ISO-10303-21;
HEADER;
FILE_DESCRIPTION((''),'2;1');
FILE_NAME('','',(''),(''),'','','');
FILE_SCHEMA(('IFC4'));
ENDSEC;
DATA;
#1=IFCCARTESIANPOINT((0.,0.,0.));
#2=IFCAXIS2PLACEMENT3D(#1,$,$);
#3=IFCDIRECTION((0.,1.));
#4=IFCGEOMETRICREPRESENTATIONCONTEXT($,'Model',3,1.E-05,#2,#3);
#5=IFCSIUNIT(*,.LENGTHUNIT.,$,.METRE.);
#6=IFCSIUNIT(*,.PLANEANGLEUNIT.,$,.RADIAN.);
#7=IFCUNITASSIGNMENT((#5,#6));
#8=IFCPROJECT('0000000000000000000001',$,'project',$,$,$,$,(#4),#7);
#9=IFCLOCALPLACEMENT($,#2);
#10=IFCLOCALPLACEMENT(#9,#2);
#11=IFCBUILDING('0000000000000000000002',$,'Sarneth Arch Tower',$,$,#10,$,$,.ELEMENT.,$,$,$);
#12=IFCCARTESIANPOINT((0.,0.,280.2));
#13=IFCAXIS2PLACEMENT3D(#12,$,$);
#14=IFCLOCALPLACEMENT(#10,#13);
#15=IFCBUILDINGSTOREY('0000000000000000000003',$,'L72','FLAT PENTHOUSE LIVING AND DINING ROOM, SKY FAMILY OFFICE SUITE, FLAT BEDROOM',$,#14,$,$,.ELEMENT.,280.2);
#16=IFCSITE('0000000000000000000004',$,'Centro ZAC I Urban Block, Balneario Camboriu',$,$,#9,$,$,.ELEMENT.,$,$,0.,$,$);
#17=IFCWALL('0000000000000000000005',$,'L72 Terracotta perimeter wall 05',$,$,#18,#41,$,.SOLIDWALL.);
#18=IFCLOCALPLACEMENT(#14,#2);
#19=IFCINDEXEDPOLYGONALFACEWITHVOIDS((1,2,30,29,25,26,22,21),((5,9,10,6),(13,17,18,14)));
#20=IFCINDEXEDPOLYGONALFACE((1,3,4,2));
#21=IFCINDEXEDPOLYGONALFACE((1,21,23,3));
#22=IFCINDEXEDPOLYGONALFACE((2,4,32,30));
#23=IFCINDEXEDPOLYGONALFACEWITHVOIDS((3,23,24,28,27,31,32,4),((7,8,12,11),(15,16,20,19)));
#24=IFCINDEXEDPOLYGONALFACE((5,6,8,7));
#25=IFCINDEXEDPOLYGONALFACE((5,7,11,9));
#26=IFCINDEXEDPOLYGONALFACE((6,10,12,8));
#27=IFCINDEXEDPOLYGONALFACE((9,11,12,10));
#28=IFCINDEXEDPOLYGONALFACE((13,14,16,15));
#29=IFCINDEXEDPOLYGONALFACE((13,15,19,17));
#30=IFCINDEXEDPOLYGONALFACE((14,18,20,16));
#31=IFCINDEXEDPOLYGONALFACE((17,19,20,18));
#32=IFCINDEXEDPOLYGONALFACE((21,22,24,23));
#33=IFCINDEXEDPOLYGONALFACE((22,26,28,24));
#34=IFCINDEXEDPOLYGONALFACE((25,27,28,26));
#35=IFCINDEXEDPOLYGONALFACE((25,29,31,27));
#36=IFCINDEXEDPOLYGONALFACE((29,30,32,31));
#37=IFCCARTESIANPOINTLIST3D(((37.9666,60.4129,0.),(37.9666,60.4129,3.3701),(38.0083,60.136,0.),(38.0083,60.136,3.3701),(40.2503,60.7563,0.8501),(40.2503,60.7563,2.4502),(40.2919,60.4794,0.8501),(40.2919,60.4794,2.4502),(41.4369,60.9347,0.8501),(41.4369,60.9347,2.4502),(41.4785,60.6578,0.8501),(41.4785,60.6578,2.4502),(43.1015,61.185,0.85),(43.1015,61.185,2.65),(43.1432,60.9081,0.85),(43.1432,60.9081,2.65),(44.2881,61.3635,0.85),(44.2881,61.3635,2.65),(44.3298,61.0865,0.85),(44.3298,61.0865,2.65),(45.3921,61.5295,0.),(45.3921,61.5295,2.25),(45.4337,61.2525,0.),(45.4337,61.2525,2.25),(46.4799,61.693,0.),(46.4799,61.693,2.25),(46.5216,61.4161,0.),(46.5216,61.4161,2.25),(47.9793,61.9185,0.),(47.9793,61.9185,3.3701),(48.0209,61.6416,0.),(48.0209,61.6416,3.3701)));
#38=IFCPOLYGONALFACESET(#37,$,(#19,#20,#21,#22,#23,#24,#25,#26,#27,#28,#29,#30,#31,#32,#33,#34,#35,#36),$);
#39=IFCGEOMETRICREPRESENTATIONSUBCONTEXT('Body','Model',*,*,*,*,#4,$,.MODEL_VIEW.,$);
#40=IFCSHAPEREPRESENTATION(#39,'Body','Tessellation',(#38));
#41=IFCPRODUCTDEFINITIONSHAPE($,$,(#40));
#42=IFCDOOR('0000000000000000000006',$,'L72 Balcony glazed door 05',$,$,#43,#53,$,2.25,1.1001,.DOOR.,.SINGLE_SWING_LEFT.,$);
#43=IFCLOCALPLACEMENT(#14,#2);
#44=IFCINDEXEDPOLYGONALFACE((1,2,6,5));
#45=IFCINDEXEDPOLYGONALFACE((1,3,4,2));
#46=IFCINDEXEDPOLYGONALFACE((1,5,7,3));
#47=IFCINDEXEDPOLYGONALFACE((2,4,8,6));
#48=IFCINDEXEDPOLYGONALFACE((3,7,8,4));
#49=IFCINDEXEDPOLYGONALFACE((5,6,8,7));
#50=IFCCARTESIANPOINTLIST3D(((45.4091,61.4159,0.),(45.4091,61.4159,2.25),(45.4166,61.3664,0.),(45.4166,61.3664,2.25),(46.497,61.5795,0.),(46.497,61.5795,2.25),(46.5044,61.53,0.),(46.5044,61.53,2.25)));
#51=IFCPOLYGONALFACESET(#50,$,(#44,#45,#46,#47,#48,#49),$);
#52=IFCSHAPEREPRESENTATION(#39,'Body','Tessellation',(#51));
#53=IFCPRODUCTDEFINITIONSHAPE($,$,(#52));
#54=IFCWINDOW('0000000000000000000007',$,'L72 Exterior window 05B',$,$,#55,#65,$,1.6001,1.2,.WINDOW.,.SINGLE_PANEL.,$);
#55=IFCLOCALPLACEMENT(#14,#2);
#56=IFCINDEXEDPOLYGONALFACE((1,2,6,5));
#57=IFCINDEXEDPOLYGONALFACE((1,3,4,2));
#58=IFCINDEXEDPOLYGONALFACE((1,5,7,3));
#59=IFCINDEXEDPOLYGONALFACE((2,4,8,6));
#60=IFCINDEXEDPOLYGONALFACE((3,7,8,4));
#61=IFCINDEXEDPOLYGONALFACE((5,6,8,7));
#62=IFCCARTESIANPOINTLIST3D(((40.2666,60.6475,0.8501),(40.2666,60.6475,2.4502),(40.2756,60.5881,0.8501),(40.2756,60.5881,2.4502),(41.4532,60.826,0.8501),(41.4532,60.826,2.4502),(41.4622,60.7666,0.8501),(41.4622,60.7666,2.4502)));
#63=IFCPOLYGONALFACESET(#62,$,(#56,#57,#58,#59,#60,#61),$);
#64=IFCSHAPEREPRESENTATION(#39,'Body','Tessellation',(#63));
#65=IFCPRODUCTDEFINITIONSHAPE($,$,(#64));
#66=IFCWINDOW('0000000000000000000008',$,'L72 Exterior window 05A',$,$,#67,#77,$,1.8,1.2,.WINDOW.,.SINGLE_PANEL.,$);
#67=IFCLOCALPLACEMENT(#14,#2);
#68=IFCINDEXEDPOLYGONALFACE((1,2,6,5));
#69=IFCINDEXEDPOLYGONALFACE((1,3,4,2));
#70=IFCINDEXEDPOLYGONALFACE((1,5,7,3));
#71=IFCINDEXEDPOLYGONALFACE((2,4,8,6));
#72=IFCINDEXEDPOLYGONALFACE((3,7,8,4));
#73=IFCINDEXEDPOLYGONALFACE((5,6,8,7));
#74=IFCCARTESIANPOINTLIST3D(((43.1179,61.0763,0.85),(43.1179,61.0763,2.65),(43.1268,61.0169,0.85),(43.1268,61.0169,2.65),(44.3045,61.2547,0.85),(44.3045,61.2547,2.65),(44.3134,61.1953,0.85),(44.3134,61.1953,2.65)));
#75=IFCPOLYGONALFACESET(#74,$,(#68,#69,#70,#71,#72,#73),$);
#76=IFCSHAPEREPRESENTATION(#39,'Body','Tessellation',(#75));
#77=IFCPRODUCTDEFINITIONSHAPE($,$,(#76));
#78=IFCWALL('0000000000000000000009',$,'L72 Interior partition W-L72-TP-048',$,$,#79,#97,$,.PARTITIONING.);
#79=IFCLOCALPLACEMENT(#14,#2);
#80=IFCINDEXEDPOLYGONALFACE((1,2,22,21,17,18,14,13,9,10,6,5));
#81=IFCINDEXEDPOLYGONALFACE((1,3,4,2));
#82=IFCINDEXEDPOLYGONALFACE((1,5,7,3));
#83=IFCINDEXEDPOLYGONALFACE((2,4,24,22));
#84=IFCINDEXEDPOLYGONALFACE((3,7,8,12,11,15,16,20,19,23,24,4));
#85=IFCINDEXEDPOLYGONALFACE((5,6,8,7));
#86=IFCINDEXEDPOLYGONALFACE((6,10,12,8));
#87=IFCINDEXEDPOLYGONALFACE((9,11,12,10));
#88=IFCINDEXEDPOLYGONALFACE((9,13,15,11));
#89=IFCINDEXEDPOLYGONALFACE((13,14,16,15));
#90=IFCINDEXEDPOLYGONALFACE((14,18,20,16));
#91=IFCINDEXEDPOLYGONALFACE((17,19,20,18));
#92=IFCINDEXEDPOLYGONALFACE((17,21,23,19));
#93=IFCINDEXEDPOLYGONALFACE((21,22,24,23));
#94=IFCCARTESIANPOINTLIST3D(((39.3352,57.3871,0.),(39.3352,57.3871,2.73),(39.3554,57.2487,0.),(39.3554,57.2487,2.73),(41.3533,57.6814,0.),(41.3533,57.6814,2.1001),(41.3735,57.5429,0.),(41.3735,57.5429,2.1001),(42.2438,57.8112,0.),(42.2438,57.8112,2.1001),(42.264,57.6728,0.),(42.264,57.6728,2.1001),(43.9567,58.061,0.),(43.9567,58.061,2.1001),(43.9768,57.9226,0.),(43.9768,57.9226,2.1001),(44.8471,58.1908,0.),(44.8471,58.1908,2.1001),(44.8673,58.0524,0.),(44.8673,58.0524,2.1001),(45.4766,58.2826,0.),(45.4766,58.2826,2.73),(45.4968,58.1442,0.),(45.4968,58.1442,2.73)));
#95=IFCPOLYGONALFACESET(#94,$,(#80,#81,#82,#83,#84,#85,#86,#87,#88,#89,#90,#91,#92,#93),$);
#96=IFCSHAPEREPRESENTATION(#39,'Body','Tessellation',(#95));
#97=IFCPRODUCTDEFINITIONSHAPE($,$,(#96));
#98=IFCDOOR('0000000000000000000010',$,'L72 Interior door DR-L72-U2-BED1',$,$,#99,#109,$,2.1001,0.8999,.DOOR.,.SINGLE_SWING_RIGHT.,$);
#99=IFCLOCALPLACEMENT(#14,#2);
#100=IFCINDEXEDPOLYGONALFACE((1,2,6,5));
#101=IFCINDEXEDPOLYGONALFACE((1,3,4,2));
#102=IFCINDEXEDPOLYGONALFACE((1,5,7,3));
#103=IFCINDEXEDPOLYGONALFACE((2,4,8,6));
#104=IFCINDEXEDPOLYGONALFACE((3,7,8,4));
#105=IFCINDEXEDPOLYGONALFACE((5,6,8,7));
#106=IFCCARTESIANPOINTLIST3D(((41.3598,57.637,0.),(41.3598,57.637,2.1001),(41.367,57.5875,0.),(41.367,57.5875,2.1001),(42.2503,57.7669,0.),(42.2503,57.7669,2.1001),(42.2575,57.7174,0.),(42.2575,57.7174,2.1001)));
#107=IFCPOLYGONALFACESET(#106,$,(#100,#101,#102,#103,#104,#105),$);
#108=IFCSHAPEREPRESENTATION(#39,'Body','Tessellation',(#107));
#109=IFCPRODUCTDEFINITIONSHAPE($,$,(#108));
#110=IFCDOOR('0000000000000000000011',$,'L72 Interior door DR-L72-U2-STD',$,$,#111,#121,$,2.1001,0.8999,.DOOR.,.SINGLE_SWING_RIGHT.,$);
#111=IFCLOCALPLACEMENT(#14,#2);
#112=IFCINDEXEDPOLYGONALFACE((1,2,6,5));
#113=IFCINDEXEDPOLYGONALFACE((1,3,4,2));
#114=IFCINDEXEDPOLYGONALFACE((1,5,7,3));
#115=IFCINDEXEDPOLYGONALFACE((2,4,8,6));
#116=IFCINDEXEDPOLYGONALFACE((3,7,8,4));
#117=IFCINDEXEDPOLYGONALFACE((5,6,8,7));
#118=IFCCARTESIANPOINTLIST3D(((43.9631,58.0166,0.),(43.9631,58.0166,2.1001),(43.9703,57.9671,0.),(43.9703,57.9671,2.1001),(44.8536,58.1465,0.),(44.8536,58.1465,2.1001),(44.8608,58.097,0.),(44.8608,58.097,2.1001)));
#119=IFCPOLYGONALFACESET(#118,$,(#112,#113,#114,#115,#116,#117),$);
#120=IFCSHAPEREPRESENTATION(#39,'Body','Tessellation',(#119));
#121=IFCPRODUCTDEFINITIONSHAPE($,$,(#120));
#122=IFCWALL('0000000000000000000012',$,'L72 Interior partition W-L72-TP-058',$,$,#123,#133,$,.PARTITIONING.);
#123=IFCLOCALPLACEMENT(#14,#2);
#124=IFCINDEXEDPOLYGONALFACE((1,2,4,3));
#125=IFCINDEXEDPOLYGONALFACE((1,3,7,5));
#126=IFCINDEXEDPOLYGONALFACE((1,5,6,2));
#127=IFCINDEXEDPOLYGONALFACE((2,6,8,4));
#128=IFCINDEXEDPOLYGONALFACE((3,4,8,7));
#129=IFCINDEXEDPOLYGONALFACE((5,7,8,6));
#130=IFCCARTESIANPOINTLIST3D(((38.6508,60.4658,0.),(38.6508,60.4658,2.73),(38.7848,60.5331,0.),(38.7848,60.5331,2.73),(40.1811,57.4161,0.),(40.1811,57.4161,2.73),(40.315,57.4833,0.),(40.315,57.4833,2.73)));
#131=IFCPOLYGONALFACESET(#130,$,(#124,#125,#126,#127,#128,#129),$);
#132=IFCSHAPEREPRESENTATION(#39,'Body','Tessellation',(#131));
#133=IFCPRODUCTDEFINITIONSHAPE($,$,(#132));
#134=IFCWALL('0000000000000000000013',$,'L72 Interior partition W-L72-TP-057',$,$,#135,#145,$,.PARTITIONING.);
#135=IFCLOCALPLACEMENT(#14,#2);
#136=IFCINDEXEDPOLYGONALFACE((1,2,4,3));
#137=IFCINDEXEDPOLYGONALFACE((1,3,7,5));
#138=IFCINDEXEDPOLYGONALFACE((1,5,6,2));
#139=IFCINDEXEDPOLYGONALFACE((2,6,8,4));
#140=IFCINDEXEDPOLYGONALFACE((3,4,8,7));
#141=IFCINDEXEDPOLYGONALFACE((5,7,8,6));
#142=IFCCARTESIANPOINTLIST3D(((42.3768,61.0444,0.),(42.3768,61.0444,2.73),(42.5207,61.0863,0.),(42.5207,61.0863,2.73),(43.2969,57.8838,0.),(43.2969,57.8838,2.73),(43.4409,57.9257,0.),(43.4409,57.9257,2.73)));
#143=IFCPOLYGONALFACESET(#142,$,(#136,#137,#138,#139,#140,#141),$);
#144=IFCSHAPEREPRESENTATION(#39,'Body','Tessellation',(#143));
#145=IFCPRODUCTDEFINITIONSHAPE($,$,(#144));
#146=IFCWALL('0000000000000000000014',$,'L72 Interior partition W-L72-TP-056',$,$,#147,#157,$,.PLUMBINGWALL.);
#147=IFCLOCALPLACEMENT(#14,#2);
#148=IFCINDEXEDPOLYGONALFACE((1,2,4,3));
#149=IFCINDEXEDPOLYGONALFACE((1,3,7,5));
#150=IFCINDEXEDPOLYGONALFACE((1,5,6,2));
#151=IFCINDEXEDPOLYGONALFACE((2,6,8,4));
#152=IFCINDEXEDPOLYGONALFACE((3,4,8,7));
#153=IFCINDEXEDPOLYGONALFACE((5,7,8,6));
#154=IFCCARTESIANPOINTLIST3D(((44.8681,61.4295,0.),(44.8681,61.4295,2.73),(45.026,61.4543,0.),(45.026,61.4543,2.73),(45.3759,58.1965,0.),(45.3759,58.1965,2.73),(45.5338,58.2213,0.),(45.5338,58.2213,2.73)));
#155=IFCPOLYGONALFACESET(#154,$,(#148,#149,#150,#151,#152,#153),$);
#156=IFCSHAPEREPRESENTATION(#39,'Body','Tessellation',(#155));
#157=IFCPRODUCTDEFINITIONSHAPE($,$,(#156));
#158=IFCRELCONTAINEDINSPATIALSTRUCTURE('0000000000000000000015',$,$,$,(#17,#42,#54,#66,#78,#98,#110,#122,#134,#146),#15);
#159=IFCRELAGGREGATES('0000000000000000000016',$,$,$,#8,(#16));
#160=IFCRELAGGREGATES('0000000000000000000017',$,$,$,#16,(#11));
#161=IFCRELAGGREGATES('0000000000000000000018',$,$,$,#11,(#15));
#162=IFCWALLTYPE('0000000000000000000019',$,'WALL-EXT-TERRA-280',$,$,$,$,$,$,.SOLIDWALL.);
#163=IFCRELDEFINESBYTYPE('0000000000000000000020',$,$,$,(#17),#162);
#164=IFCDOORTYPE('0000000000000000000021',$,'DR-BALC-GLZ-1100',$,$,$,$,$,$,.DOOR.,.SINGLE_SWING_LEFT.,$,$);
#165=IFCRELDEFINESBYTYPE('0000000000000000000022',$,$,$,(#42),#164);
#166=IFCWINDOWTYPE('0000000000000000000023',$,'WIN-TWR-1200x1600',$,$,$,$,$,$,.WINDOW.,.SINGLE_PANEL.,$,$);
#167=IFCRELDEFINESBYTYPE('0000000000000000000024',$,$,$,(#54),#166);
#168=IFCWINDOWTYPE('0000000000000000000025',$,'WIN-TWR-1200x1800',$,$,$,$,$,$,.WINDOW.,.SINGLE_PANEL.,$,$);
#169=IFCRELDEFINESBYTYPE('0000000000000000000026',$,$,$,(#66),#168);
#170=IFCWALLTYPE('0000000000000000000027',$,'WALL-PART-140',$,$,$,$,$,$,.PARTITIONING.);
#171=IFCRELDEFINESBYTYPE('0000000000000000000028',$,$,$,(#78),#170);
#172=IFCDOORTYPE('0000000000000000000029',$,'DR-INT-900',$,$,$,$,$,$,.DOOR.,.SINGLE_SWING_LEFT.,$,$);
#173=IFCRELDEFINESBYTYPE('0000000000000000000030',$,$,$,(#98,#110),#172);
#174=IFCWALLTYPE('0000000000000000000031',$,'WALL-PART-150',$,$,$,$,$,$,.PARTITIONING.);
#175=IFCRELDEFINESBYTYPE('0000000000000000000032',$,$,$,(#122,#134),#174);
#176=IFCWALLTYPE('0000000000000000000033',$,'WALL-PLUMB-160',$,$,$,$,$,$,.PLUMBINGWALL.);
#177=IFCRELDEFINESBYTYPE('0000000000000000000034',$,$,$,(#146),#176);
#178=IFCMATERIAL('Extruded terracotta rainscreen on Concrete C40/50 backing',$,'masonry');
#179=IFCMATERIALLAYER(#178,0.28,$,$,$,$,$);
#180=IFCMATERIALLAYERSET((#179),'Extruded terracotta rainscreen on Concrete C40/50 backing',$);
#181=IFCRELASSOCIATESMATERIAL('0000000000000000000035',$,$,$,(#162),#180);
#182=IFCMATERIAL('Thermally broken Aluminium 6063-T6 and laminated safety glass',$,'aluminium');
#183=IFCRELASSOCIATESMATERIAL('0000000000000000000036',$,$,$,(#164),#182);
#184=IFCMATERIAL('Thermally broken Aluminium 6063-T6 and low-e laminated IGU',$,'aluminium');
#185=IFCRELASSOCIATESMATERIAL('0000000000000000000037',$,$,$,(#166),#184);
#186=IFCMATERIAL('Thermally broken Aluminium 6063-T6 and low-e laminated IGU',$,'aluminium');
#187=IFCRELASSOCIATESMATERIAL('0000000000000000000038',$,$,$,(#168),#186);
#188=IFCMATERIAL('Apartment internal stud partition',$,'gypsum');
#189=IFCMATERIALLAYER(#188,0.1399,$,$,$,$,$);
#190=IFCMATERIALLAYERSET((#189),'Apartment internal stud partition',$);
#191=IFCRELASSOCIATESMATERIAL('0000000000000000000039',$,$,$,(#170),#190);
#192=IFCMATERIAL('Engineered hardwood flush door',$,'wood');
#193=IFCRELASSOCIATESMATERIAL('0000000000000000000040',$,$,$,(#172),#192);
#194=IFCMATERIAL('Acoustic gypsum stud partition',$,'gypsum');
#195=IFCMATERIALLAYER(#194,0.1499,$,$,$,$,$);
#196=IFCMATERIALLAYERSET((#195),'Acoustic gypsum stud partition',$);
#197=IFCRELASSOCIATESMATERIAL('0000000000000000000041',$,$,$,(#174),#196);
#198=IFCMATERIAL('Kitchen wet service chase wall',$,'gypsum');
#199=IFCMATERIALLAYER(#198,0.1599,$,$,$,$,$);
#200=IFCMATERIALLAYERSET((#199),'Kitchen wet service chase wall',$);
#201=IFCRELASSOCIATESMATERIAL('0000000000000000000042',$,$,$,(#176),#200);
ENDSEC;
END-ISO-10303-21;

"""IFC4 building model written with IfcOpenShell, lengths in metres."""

from ifc_helpers import new_model, si_unit, direction, frame, frame_2d, origin, place, context, subcontext, project, spatial, rectangle, extrude, material, layer, layer_set, type_object, element, fill, save


model = new_model("IFC4")

# Units and contexts
model_context = context("Model", 3, precision=1e-05, world=origin(), true_north=direction((0.0, 1.0)))
body_context = subcontext(model_context, "Body", "Model", "MODEL_VIEW")
ifc_project = project(units=[si_unit("LENGTHUNIT", "METRE"), si_unit("PLANEANGLEUNIT", "RADIAN")], contexts=[model_context])

# Site, building, storey
site_placement = place(None, origin())
site = spatial("IfcSite", under=ifc_project, at=site_placement, Name="Centro ZAC I Urban Block, Balneario Camboriu", CompositionType="ELEMENT", RefElevation=0.0)
building_placement = place(site_placement, origin())
building = spatial("IfcBuilding", under=site, at=building_placement, Name="Sarneth Arch Tower", CompositionType="ELEMENT")
storey_placement = place(building_placement, frame((0.0, 0.0, 280.2)))
storey = spatial("IfcBuildingStorey", under=building, at=storey_placement, Name="L72", Description="FLAT PENTHOUSE LIVING AND DINING ROOM, SKY FAMILY OFFICE SUITE, FLAT BEDROOM", CompositionType="ELEMENT", Elevation=280.2)

# Wall, openings, door, windows
ifc_material_1 = material(Name="Extruded terracotta rainscreen on Concrete C40/50 backing", Category="masonry")
ifc_layer_1 = layer(ifc_material_1, 0.28)
ifc_layer_set_1 = layer_set([ifc_layer_1], Name="Extruded terracotta rainscreen on Concrete C40/50 backing")
wall_type_1 = type_object("IfcWallType", Name="WALL-EXT-TERRA-280", PredefinedType="SOLIDWALL", material=ifc_layer_set_1)
wall_1_placement = place(storey_placement, frame((48.0, 61.78, 0.0), z_axis=(0.0, 0.0, 1.0), x_axis=(-0.988883, -0.148699, 0.0)))
wall_1 = element("IfcWall", 1, at=wall_1_placement, inside=storey, type_object=wall_type_1, Name="L72 Terracotta perimeter wall 05", PredefinedType="SOLIDWALL", context=body_context, shape_type="SweptSolid", body=[
    extrude(rectangle(XDim=10.1252, YDim=0.28, at=frame_2d((5.0625, 0.0))), origin(), (0.0, 0.0, 1.0), 3.3701),
])
opening_1_placement = place(wall_1_placement, frame((1.5161, 0.0, 0.0)))
opening_1 = element("IfcOpeningElement", 2, at=opening_1_placement, cuts=wall_1, PredefinedType="OPENING", context=body_context, shape_type="SweptSolid", body=[
    extrude(rectangle(XDim=1.1001, YDim=2.25, at=frame_2d((0.55, 1.125))), frame((0.0, 0.1499, 0.0), z_axis=(0.0, -1.0, 0.0), x_axis=(1.0, 0.0, 0.0)), (0.0, 0.0, 1.0), 0.3),
])
opening_2_placement = place(wall_1_placement, frame((3.7324, 0.0, 0.8501)))
opening_2 = element("IfcOpeningElement", 3, at=opening_2_placement, cuts=wall_1, PredefinedType="OPENING", context=body_context, shape_type="SweptSolid", body=[
    extrude(rectangle(XDim=1.2, YDim=1.8, at=frame_2d((0.6001, 0.8999))), frame((0.0, 0.1499, 0.0), z_axis=(0.0, -1.0, 0.0), x_axis=(1.0, 0.0, 0.0)), (0.0, 0.0, 1.0), 0.3),
])
opening_3_placement = place(wall_1_placement, frame((6.6157, 0.0, 0.8501)))
opening_3 = element("IfcOpeningElement", 4, at=opening_3_placement, cuts=wall_1, PredefinedType="OPENING", context=body_context, shape_type="SweptSolid", body=[
    extrude(rectangle(XDim=1.2, YDim=1.6001, at=frame_2d((0.6001, 0.8))), frame((0.0, 0.1499, 0.0), z_axis=(0.0, -1.0, 0.0), x_axis=(1.0, 0.0, 0.0)), (0.0, 0.0, 1.0), 0.3),
])
ifc_material_2 = material(Name="Thermally broken Aluminium 6063-T6 and laminated safety glass", Category="aluminium")
door_type_1 = type_object("IfcDoorType", Name="DR-BALC-GLZ-1100", OperationType="SINGLE_SWING_LEFT", PredefinedType="DOOR", material=ifc_material_2)
door_1_placement = place(opening_1_placement, origin())
door_1 = element("IfcDoor", 5, at=door_1_placement, inside=storey, type_object=door_type_1, Name="L72 Balcony glazed door 05", OperationType="SINGLE_SWING_LEFT", OverallHeight=2.25, OverallWidth=1.1001, PredefinedType="DOOR", context=body_context, shape_type="SweptSolid", body=[
    extrude(rectangle(XDim=1.1001, YDim=2.25, at=frame_2d((0.55, 1.125))), frame((0.0, 0.0249, 0.0), z_axis=(0.0, -1.0, 0.0), x_axis=(1.0, 0.0, 0.0)), (0.0, 0.0, 1.0), 0.05),
])
fill(opening_1, door_1)
ifc_material_3 = material(Name="Thermally broken Aluminium 6063-T6 and low-e laminated IGU", Category="aluminium")
window_type_1 = type_object("IfcWindowType", Name="WIN-TWR-1200x1600", PartitioningType="SINGLE_PANEL", PredefinedType="WINDOW", material=ifc_material_3)
window_1_placement = place(opening_3_placement, origin())
window_1 = element("IfcWindow", 6, at=window_1_placement, inside=storey, type_object=window_type_1, Name="L72 Exterior window 05B", OverallHeight=1.6001, OverallWidth=1.2, PartitioningType="SINGLE_PANEL", PredefinedType="WINDOW", context=body_context, shape_type="SweptSolid", body=[
    extrude(rectangle(XDim=1.2, YDim=1.6001, at=frame_2d((0.6001, 0.8))), frame((0.0, 0.03, 0.0), z_axis=(0.0, -1.0, 0.0), x_axis=(1.0, 0.0, 0.0)), (0.0, 0.0, 1.0), 0.0601),
])
fill(opening_3, window_1)
ifc_material_4 = material(Name="Thermally broken Aluminium 6063-T6 and low-e laminated IGU", Category="aluminium")
window_type_2 = type_object("IfcWindowType", Name="WIN-TWR-1200x1800", PartitioningType="SINGLE_PANEL", PredefinedType="WINDOW", material=ifc_material_4)
window_2_placement = place(opening_2_placement, origin())
window_2 = element("IfcWindow", 7, at=window_2_placement, inside=storey, type_object=window_type_2, Name="L72 Exterior window 05A", OverallHeight=1.8, OverallWidth=1.2, PartitioningType="SINGLE_PANEL", PredefinedType="WINDOW", context=body_context, shape_type="SweptSolid", body=[
    extrude(rectangle(XDim=1.2, YDim=1.8, at=frame_2d((0.6001, 0.8999))), frame((0.0, 0.03, 0.0), z_axis=(0.0, -1.0, 0.0), x_axis=(1.0, 0.0, 0.0)), (0.0, 0.0, 1.0), 0.0601),
])
fill(opening_2, window_2)

# Wall, openings, doors
ifc_material_5 = material(Name="Apartment internal stud partition", Category="gypsum")
ifc_layer_2 = layer(ifc_material_5, 0.1399)
ifc_layer_set_2 = layer_set([ifc_layer_2], Name="Apartment internal stud partition")
wall_type_2 = type_object("IfcWallType", Name="WALL-PART-140", PredefinedType="PARTITIONING", material=ifc_layer_set_2)
wall_2_placement = place(storey_placement, frame((45.4866, 58.2134, 0.0), z_axis=(0.0, 0.0, 1.0), x_axis=(-0.989535, -0.14429, 0.0)))
wall_2 = element("IfcWall", 8, at=wall_2_placement, inside=storey, type_object=wall_type_2, Name="L72 Interior partition W-L72-TP-048", PredefinedType="PARTITIONING", context=body_context, shape_type="SweptSolid", body=[
    extrude(rectangle(XDim=6.2063, YDim=0.1399, at=frame_2d((3.103, 0.0))), origin(), (0.0, 0.0, 1.0), 2.73),
])
opening_4_placement = place(wall_2_placement, frame((3.2668, 0.0, 0.0)))
opening_4 = element("IfcOpeningElement", 9, at=opening_4_placement, cuts=wall_2, PredefinedType="OPENING", context=body_context, shape_type="SweptSolid", body=[
    extrude(rectangle(XDim=0.8999, YDim=2.1001, at=frame_2d((0.45, 1.05))), frame((0.0, 0.0798, 0.0), z_axis=(0.0, -1.0, 0.0), x_axis=(1.0, 0.0, 0.0)), (0.0, 0.0, 1.0), 0.1599),
])
opening_5_placement = place(wall_2_placement, frame((0.636, 0.0, 0.0)))
opening_5 = element("IfcOpeningElement", 10, at=opening_5_placement, cuts=wall_2, PredefinedType="OPENING", context=body_context, shape_type="SweptSolid", body=[
    extrude(rectangle(XDim=0.8999, YDim=2.1001, at=frame_2d((0.45, 1.05))), frame((0.0, 0.0798, 0.0), z_axis=(0.0, -1.0, 0.0), x_axis=(1.0, 0.0, 0.0)), (0.0, 0.0, 1.0), 0.1599),
])
ifc_material_6 = material(Name="Engineered hardwood flush door", Category="wood")
door_type_2 = type_object("IfcDoorType", Name="DR-INT-900", OperationType="SINGLE_SWING_LEFT", PredefinedType="DOOR", material=ifc_material_6)
door_2_placement = place(opening_4_placement, origin())
door_2 = element("IfcDoor", 11, at=door_2_placement, inside=storey, type_object=door_type_2, Name="L72 Interior door DR-L72-U2-BED1", OperationType="SINGLE_SWING_RIGHT", OverallHeight=2.1001, OverallWidth=0.8999, PredefinedType="DOOR", context=body_context, shape_type="SweptSolid", body=[
    extrude(rectangle(XDim=0.8999, YDim=2.1001, at=frame_2d((0.45, 1.05))), frame((0.0, 0.0249, 0.0), z_axis=(0.0, -1.0, 0.0), x_axis=(1.0, 0.0, 0.0)), (0.0, 0.0, 1.0), 0.05),
])
fill(opening_4, door_2)
door_3_placement = place(opening_5_placement, origin())
door_3 = element("IfcDoor", 12, at=door_3_placement, inside=storey, type_object=door_type_2, Name="L72 Interior door DR-L72-U2-STD", OperationType="SINGLE_SWING_RIGHT", OverallHeight=2.1001, OverallWidth=0.8999, PredefinedType="DOOR", context=body_context, shape_type="SweptSolid", body=[
    extrude(rectangle(XDim=0.8999, YDim=2.1001, at=frame_2d((0.45, 1.05))), frame((0.0, 0.0249, 0.0), z_axis=(0.0, -1.0, 0.0), x_axis=(1.0, 0.0, 0.0)), (0.0, 0.0, 1.0), 0.05),
])
fill(opening_5, door_3)

# Walls
ifc_material_7 = material(Name="Acoustic gypsum stud partition", Category="gypsum")
ifc_layer_3 = layer(ifc_material_7, 0.1499)
ifc_layer_set_3 = layer_set([ifc_layer_3], Name="Acoustic gypsum stud partition")
wall_type_3 = type_object("IfcWallType", Name="WALL-PART-150", PredefinedType="PARTITIONING", material=ifc_layer_set_3)
wall_3_placement = place(storey_placement, frame((40.248, 57.4497, 0.0), z_axis=(0.0, 0.0, 1.0), x_axis=(-0.448472, 0.893797, 0.0)))
element("IfcWall", 13, at=wall_3_placement, inside=storey, type_object=wall_type_3, Name="L72 Interior partition W-L72-TP-058", PredefinedType="PARTITIONING", context=body_context, shape_type="SweptSolid", body=[
    extrude(rectangle(XDim=3.4121, YDim=0.1499, at=frame_2d((1.7061, 0.0))), origin(), (0.0, 0.0, 1.0), 2.73),
])
wall_4_placement = place(storey_placement, frame((42.4487, 61.0654, 0.0), z_axis=(0.0, 0.0, 1.0), x_axis=(0.279527, -0.960138, 0.0)))
element("IfcWall", 14, at=wall_4_placement, inside=storey, type_object=wall_type_3, Name="L72 Interior partition W-L72-TP-057", PredefinedType="PARTITIONING", context=body_context, shape_type="SweptSolid", body=[
    extrude(rectangle(XDim=3.2917, YDim=0.1499, at=frame_2d((1.646, 0.0))), origin(), (0.0, 0.0, 1.0), 2.73),
])
ifc_material_8 = material(Name="Kitchen wet service chase wall", Category="gypsum")
ifc_layer_4 = layer(ifc_material_8, 0.1599)
ifc_layer_set_4 = layer_set([ifc_layer_4], Name="Kitchen wet service chase wall")
wall_type_4 = type_object("IfcWallType", Name="WALL-PLUMB-160", PredefinedType="PLUMBINGWALL", material=ifc_layer_set_4)
wall_5_placement = place(storey_placement, frame((45.4548, 58.209, 0.0), z_axis=(0.0, 0.0, 1.0), x_axis=(-0.155162, 0.987889, 0.0)))
element("IfcWall", 15, at=wall_5_placement, inside=storey, type_object=wall_type_4, Name="L72 Interior partition W-L72-TP-056", PredefinedType="PLUMBINGWALL", context=body_context, shape_type="SweptSolid", body=[
    extrude(rectangle(XDim=3.2727, YDim=0.1599, at=frame_2d((1.6362, 0.0))), origin(), (0.0, 0.0, 1.0), 2.73),
])

save(model, "model.ifc")
